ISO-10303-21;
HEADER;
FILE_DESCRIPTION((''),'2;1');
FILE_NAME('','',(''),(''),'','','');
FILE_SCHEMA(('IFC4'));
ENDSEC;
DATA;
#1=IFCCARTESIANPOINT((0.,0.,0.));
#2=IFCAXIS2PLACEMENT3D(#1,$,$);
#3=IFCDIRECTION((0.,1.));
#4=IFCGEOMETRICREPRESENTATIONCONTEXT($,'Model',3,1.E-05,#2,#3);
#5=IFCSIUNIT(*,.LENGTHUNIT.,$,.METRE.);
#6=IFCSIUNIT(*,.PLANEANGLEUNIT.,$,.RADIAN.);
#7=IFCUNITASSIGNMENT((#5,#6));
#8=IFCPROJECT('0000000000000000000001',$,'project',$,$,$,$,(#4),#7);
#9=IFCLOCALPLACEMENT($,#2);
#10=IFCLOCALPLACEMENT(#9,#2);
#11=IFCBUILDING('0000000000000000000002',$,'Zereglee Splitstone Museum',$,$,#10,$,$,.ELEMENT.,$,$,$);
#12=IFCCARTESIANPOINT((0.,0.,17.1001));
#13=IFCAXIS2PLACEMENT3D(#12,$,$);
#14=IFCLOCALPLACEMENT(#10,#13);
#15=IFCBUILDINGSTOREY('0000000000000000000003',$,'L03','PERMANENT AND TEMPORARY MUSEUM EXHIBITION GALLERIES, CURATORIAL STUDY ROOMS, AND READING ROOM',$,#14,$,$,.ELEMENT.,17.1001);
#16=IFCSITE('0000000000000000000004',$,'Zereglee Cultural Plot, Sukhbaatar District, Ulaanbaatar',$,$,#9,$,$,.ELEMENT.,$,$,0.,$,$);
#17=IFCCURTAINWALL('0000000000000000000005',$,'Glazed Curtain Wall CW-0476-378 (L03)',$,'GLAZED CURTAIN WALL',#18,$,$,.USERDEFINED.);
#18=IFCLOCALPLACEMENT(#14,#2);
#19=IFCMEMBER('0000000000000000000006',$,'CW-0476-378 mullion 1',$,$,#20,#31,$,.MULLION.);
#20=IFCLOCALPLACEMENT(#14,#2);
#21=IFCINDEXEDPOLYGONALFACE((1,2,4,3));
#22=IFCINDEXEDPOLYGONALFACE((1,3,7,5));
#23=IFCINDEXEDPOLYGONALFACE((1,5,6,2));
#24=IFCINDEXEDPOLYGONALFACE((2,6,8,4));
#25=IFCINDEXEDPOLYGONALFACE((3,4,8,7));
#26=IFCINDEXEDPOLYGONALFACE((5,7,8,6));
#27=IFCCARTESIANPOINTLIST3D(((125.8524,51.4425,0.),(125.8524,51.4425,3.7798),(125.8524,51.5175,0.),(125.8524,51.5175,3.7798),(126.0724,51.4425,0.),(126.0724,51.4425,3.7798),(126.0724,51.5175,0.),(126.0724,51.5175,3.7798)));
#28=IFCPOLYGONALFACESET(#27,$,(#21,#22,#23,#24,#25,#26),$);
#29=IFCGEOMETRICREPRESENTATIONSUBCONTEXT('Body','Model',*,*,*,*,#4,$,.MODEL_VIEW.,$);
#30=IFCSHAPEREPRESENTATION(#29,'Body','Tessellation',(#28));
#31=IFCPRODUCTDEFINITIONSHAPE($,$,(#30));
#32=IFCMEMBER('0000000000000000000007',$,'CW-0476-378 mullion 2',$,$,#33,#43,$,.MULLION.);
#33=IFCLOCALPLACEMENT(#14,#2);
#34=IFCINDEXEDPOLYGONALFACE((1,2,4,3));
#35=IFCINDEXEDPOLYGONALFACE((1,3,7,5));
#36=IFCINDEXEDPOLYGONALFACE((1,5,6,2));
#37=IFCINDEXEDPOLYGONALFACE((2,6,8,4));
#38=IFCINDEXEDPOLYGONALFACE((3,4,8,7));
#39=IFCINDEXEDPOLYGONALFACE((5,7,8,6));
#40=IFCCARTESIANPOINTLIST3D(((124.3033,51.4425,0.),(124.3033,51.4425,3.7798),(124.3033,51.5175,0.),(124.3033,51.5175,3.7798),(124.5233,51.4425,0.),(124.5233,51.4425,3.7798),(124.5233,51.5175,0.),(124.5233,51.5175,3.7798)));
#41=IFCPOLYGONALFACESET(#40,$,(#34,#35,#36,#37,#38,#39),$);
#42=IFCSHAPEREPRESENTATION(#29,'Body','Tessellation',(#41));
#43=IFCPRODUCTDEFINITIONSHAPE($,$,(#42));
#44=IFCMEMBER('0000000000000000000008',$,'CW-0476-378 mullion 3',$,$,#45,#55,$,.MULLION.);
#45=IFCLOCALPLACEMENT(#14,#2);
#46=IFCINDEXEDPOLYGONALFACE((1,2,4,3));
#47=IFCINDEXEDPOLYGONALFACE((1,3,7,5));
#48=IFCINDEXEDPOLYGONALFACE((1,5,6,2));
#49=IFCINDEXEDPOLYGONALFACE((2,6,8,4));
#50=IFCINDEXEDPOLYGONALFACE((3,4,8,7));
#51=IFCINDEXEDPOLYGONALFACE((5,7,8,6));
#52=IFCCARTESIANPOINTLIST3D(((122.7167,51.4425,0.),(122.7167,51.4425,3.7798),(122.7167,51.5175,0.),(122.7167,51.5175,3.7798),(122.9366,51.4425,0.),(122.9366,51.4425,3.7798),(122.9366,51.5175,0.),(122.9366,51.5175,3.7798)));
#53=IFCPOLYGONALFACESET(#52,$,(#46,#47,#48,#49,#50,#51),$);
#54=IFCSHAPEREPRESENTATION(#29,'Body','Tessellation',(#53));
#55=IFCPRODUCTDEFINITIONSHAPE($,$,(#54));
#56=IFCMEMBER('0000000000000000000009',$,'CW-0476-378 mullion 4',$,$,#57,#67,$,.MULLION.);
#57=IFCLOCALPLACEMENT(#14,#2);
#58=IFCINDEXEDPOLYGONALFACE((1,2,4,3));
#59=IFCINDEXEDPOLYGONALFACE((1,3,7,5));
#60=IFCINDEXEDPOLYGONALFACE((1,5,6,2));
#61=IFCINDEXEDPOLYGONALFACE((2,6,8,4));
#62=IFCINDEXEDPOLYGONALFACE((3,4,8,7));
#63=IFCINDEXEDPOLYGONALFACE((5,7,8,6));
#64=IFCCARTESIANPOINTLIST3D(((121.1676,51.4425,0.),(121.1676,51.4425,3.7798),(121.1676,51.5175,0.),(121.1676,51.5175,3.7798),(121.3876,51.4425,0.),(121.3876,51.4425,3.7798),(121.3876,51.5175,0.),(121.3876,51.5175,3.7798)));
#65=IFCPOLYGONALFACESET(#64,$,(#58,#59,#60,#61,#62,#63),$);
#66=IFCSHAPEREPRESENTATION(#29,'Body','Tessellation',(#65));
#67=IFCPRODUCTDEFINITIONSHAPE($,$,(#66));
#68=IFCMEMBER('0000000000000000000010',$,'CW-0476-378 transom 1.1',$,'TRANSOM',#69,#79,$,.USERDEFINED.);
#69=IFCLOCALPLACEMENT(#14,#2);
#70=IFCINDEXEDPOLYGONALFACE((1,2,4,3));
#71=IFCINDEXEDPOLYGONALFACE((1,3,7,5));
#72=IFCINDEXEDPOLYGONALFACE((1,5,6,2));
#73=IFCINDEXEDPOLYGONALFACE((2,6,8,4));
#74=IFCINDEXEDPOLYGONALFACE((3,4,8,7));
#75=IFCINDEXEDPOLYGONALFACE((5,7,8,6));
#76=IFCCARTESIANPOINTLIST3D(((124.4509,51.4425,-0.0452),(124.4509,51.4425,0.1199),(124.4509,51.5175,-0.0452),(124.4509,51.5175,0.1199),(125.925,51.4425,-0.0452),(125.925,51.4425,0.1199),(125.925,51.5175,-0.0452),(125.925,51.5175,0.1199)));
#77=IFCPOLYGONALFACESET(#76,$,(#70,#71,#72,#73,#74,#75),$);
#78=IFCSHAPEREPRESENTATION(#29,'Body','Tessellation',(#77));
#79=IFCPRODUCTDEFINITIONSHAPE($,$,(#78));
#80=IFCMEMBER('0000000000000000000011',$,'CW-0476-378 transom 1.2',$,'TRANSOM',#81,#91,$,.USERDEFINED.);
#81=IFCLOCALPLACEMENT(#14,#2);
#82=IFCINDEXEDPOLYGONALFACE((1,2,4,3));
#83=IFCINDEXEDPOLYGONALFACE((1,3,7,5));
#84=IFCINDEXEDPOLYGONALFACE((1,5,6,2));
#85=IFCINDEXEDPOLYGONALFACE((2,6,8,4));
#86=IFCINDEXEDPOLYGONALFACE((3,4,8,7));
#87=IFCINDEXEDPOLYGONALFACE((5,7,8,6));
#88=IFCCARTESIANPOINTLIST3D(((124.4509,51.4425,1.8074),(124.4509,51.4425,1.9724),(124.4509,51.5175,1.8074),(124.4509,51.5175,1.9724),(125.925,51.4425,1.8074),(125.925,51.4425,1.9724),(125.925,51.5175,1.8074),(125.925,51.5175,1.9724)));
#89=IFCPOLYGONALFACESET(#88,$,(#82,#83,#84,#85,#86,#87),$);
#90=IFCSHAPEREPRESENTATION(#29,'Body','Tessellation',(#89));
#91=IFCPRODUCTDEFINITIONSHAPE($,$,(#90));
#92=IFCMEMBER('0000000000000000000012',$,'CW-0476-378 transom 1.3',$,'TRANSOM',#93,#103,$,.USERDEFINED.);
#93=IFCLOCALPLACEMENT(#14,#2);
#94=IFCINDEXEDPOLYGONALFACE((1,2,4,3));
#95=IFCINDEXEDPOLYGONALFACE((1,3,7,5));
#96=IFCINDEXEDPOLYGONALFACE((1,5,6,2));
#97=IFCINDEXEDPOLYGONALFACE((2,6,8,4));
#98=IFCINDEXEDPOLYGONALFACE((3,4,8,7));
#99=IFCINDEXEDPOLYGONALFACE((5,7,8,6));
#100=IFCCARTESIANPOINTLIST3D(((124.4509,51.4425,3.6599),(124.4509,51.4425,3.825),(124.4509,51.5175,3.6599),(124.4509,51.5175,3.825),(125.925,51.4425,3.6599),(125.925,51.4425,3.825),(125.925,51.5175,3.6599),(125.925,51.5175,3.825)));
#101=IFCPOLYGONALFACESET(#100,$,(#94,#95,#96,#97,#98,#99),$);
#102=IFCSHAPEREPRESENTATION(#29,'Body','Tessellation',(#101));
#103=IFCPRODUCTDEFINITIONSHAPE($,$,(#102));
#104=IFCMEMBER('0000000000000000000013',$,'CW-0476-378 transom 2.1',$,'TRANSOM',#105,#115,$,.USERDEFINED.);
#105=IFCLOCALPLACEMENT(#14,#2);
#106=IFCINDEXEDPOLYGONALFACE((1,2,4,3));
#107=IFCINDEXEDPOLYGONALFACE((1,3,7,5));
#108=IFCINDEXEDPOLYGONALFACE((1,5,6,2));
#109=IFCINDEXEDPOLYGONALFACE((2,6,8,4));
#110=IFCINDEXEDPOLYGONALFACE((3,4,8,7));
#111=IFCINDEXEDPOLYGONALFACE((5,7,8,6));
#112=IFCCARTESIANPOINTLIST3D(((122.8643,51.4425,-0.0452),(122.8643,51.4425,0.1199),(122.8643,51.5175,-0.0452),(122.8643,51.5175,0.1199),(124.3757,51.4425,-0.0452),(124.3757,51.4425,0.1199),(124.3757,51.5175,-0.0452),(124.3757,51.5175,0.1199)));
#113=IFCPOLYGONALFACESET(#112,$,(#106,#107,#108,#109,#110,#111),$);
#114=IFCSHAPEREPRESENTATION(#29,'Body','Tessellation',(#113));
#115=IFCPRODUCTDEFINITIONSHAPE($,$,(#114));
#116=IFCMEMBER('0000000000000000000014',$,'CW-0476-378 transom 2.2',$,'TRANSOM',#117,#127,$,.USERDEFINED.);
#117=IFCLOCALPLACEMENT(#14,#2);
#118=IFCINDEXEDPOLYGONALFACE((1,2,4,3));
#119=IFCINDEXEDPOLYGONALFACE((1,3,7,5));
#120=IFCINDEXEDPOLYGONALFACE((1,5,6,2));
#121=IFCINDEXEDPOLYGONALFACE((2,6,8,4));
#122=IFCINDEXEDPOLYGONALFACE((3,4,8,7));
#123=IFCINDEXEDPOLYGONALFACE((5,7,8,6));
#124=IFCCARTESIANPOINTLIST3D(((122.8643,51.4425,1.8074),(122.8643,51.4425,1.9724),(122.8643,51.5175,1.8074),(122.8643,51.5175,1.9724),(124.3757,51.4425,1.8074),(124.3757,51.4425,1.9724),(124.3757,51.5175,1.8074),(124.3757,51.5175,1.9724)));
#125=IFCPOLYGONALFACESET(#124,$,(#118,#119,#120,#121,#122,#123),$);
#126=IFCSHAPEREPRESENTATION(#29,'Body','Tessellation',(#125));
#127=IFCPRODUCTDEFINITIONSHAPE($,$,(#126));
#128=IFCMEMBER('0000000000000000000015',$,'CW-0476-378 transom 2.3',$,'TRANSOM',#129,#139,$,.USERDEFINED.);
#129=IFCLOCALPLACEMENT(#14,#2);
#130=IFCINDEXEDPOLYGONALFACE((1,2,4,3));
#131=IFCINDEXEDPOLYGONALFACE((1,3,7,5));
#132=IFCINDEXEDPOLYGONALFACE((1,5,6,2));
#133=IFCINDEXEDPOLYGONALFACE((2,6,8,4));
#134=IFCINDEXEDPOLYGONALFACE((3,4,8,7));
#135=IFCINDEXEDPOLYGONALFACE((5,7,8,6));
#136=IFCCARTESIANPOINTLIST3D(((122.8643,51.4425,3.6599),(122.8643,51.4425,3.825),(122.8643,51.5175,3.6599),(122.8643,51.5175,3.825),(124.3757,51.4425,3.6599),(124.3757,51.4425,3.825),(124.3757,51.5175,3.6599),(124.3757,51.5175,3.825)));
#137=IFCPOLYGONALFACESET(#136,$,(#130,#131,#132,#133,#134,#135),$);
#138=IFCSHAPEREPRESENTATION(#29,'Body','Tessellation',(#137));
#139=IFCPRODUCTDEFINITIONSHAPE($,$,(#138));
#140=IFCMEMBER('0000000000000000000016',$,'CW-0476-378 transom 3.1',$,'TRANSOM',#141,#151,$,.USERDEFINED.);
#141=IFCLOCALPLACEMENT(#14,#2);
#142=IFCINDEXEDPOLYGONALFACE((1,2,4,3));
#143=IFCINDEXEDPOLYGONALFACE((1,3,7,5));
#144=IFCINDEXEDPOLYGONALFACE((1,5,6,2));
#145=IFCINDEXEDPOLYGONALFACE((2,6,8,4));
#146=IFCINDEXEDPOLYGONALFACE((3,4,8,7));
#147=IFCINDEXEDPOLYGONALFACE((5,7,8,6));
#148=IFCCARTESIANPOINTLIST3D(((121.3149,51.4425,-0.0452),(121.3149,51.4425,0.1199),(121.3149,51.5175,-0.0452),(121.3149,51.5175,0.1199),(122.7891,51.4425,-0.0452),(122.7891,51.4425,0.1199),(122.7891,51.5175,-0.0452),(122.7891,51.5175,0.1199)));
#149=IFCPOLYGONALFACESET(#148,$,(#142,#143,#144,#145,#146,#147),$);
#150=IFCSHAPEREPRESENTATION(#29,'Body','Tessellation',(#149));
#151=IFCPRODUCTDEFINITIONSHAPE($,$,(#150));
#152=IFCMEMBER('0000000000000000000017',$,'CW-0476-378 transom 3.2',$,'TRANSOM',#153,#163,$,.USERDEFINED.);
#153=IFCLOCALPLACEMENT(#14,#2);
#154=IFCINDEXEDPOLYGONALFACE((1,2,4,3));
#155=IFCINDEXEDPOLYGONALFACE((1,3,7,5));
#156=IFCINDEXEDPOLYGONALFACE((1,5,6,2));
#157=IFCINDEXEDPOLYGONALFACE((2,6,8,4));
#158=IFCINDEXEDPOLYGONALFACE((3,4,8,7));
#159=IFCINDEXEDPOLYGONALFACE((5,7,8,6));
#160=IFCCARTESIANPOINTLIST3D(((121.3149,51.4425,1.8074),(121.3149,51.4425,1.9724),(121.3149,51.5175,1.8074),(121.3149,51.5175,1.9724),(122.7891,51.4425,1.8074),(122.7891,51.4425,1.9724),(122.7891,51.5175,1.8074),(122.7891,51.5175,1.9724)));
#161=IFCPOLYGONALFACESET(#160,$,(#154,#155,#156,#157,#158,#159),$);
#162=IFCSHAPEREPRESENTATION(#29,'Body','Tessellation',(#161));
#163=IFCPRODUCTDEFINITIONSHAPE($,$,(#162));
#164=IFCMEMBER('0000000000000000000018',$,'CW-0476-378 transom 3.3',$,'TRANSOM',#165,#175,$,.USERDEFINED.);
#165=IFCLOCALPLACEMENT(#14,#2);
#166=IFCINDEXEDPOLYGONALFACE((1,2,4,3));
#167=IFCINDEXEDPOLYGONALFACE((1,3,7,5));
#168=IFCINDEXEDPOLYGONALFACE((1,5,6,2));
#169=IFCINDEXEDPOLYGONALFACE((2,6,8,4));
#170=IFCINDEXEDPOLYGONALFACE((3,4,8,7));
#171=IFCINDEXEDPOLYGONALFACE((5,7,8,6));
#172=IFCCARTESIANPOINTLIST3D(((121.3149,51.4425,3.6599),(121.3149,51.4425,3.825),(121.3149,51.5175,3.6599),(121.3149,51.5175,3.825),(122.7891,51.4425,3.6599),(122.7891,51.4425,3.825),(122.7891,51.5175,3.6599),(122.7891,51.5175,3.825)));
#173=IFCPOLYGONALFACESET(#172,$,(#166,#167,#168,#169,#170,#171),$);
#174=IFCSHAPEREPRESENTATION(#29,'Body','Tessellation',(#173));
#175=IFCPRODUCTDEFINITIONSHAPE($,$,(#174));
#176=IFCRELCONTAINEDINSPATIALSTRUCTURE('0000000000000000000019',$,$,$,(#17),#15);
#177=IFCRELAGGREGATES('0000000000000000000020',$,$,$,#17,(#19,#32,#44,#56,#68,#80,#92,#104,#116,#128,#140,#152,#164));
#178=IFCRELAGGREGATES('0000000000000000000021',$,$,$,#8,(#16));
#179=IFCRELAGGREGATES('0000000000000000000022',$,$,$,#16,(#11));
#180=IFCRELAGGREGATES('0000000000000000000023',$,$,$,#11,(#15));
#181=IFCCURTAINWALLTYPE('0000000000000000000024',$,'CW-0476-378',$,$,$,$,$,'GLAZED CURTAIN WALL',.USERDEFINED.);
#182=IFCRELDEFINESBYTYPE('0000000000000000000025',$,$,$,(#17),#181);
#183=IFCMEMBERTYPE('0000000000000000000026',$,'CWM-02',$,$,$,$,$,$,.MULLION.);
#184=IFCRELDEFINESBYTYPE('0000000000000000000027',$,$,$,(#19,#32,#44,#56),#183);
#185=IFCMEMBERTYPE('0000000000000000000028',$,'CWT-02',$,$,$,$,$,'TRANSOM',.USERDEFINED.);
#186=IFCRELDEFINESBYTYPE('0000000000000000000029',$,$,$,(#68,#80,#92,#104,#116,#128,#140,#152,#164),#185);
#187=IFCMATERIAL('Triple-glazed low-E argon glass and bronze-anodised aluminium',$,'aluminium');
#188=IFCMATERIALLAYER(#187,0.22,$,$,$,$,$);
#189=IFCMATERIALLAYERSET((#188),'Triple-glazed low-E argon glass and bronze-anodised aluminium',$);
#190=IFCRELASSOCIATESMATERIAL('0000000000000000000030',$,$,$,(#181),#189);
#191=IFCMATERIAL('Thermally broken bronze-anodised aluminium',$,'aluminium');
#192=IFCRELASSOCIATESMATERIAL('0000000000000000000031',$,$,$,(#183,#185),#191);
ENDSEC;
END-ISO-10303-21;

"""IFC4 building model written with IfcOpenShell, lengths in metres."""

from ifc_helpers import new_model, si_unit, direction, frame, origin, origin_2d, place, context, subcontext, project, spatial, rectangle, extrude, material, layer, layer_set, material_profile, profile_set, type_object, element, aggregate, save


model = new_model("IFC4")

# Units and contexts
model_context = context("Model", 3, precision=1e-05, world=origin(), true_north=direction((0.0, 1.0)))
body_context = subcontext(model_context, "Body", "Model", "MODEL_VIEW")
ifc_project = project(units=[si_unit("LENGTHUNIT", "METRE"), si_unit("PLANEANGLEUNIT", "RADIAN")], contexts=[model_context])

# Site, building, storey
site_placement = place(None, origin())
site = spatial("IfcSite", under=ifc_project, at=site_placement, Name="Zereglee Cultural Plot, Sukhbaatar District, Ulaanbaatar", CompositionType="ELEMENT", RefElevation=0.0)
building_placement = place(site_placement, origin())
building = spatial("IfcBuilding", under=site, at=building_placement, Name="Zereglee Splitstone Museum", CompositionType="ELEMENT")
storey_placement = place(building_placement, frame((0.0, 0.0, 17.1001)))
storey = spatial("IfcBuildingStorey", under=building, at=storey_placement, Name="L03", Description="PERMANENT AND TEMPORARY MUSEUM EXHIBITION GALLERIES, CURATORIAL STUDY ROOMS, AND READING ROOM", CompositionType="ELEMENT", Elevation=17.1001)

# Curtain wall, members
ifc_material_1 = material(Name="Triple-glazed low-E argon glass and bronze-anodised aluminium", Category="aluminium")
ifc_layer_1 = layer(ifc_material_1, 0.22)
ifc_layer_set_1 = layer_set([ifc_layer_1], Name="Triple-glazed low-E argon glass and bronze-anodised aluminium")
curtain_wall_type = type_object("IfcCurtainWallType", Name="CW-0476-378", ElementType="GLAZED CURTAIN WALL", PredefinedType="USERDEFINED", material=ifc_layer_set_1)
curtain_wall_placement = place(storey_placement, origin())
curtain_wall = element("IfcCurtainWall", 1, at=curtain_wall_placement, inside=storey, type_object=curtain_wall_type, Name="Glazed Curtain Wall CW-0476-378 (L03)", ObjectType="GLAZED CURTAIN WALL", PredefinedType="USERDEFINED")
ifc_material_2 = material(Name="Thermally broken bronze-anodised aluminium", Category="aluminium")
ifc_material_profile_1 = material_profile(ifc_material_2, rectangle(XDim=0.075, YDim=0.22, at=origin_2d()), Name="CW MULL 75x220")
ifc_profile_set_1 = profile_set([ifc_material_profile_1], Name="Thermally broken bronze-anodised aluminium")
member_type_1 = type_object("IfcMemberType", Name="CWM-02", PredefinedType="MULLION", material=ifc_profile_set_1)
member_1_placement = place(storey_placement, frame((125.9624, 51.48, 0.0), z_axis=(0.0, 0.0, 1.0), x_axis=(0.0, -1.0, 0.0)))
member_1 = element("IfcMember", 2, at=member_1_placement, type_object=member_type_1, Name="CW-0476-378 mullion 1", PredefinedType="MULLION", context=body_context, shape_type="SweptSolid", body=[
    extrude(rectangle(XDim=0.075, YDim=0.22, at=origin_2d()), origin(), (0.0, 0.0, 1.0), 3.7798),
])
member_2_placement = place(storey_placement, frame((124.4133, 51.48, 0.0), z_axis=(0.0, 0.0, 1.0), x_axis=(0.0, -1.0, 0.0)))
member_2 = element("IfcMember", 3, at=member_2_placement, type_object=member_type_1, Name="CW-0476-378 mullion 2", PredefinedType="MULLION", context=body_context, shape_type="SweptSolid", body=[
    extrude(rectangle(XDim=0.075, YDim=0.22, at=origin_2d()), origin(), (0.0, 0.0, 1.0), 3.7798),
])
member_3_placement = place(storey_placement, frame((122.8267, 51.48, 0.0), z_axis=(0.0, 0.0, 1.0), x_axis=(0.0, -1.0, 0.0)))
member_3 = element("IfcMember", 4, at=member_3_placement, type_object=member_type_1, Name="CW-0476-378 mullion 3", PredefinedType="MULLION", context=body_context, shape_type="SweptSolid", body=[
    extrude(rectangle(XDim=0.075, YDim=0.22, at=origin_2d()), origin(), (0.0, 0.0, 1.0), 3.7798),
])
member_4_placement = place(storey_placement, frame((121.2776, 51.48, 0.0), z_axis=(0.0, 0.0, 1.0), x_axis=(0.0, -1.0, 0.0)))
member_4 = element("IfcMember", 5, at=member_4_placement, type_object=member_type_1, Name="CW-0476-378 mullion 4", PredefinedType="MULLION", context=body_context, shape_type="SweptSolid", body=[
    extrude(rectangle(XDim=0.075, YDim=0.22, at=origin_2d()), origin(), (0.0, 0.0, 1.0), 3.7798),
])
ifc_material_profile_2 = material_profile(ifc_material_2, rectangle(XDim=0.075, YDim=0.165, at=origin_2d()), Name="CW TRAN 75x165")
ifc_profile_set_2 = profile_set([ifc_material_profile_2], Name="Thermally broken bronze-anodised aluminium")
member_type_2 = type_object("IfcMemberType", Name="CWT-02", ElementType="TRANSOM", PredefinedType="USERDEFINED", material=ifc_profile_set_2)
member_5_placement = place(storey_placement, frame((125.925, 51.48, 0.0374), z_axis=(-1.0, 0.0, 0.0), x_axis=(0.0, -1.0, 0.0)))
member_5 = element("IfcMember", 6, at=member_5_placement, type_object=member_type_2, Name="CW-0476-378 transom 1.1", ObjectType="TRANSOM", PredefinedType="USERDEFINED", context=body_context, shape_type="SweptSolid", body=[
    extrude(rectangle(XDim=0.075, YDim=0.165, at=origin_2d()), origin(), (0.0, 0.0, 1.0), 1.4741),
])
member_6_placement = place(storey_placement, frame((125.925, 51.48, 1.8899), z_axis=(-1.0, 0.0, 0.0), x_axis=(0.0, -1.0, 0.0)))
member_6 = element("IfcMember", 7, at=member_6_placement, type_object=member_type_2, Name="CW-0476-378 transom 1.2", ObjectType="TRANSOM", PredefinedType="USERDEFINED", context=body_context, shape_type="SweptSolid", body=[
    extrude(rectangle(XDim=0.075, YDim=0.165, at=origin_2d()), origin(), (0.0, 0.0, 1.0), 1.4741),
])
member_7_placement = place(storey_placement, frame((125.925, 51.48, 3.7424), z_axis=(-1.0, 0.0, 0.0), x_axis=(0.0, -1.0, 0.0)))
member_7 = element("IfcMember", 8, at=member_7_placement, type_object=member_type_2, Name="CW-0476-378 transom 1.3", ObjectType="TRANSOM", PredefinedType="USERDEFINED", context=body_context, shape_type="SweptSolid", body=[
    extrude(rectangle(XDim=0.075, YDim=0.165, at=origin_2d()), origin(), (0.0, 0.0, 1.0), 1.4741),
])
member_8_placement = place(storey_placement, frame((124.3757, 51.48, 0.0374), z_axis=(-1.0, 0.0, 0.0), x_axis=(0.0, -1.0, 0.0)))
member_8 = element("IfcMember", 9, at=member_8_placement, type_object=member_type_2, Name="CW-0476-378 transom 2.1", ObjectType="TRANSOM", PredefinedType="USERDEFINED", context=body_context, shape_type="SweptSolid", body=[
    extrude(rectangle(XDim=0.075, YDim=0.165, at=origin_2d()), origin(), (0.0, 0.0, 1.0), 1.5115),
])
member_9_placement = place(storey_placement, frame((124.3757, 51.48, 1.8899), z_axis=(-1.0, 0.0, 0.0), x_axis=(0.0, -1.0, 0.0)))
member_9 = element("IfcMember", 10, at=member_9_placement, type_object=member_type_2, Name="CW-0476-378 transom 2.2", ObjectType="TRANSOM", PredefinedType="USERDEFINED", context=body_context, shape_type="SweptSolid", body=[
    extrude(rectangle(XDim=0.075, YDim=0.165, at=origin_2d()), origin(), (0.0, 0.0, 1.0), 1.5115),
])
member_10_placement = place(storey_placement, frame((124.3757, 51.48, 3.7424), z_axis=(-1.0, 0.0, 0.0), x_axis=(0.0, -1.0, 0.0)))
member_10 = element("IfcMember", 11, at=member_10_placement, type_object=member_type_2, Name="CW-0476-378 transom 2.3", ObjectType="TRANSOM", PredefinedType="USERDEFINED", context=body_context, shape_type="SweptSolid", body=[
    extrude(rectangle(XDim=0.075, YDim=0.165, at=origin_2d()), origin(), (0.0, 0.0, 1.0), 1.5115),
])
member_11_placement = place(storey_placement, frame((122.7891, 51.48, 0.0374), z_axis=(-1.0, 0.0, 0.0), x_axis=(0.0, -1.0, 0.0)))
member_11 = element("IfcMember", 12, at=member_11_placement, type_object=member_type_2, Name="CW-0476-378 transom 3.1", ObjectType="TRANSOM", PredefinedType="USERDEFINED", context=body_context, shape_type="SweptSolid", body=[
    extrude(rectangle(XDim=0.075, YDim=0.165, at=origin_2d()), origin(), (0.0, 0.0, 1.0), 1.4741),
])
member_12_placement = place(storey_placement, frame((122.7891, 51.48, 1.8899), z_axis=(-1.0, 0.0, 0.0), x_axis=(0.0, -1.0, 0.0)))
member_12 = element("IfcMember", 13, at=member_12_placement, type_object=member_type_2, Name="CW-0476-378 transom 3.2", ObjectType="TRANSOM", PredefinedType="USERDEFINED", context=body_context, shape_type="SweptSolid", body=[
    extrude(rectangle(XDim=0.075, YDim=0.165, at=origin_2d()), origin(), (0.0, 0.0, 1.0), 1.4741),
])
member_13_placement = place(storey_placement, frame((122.7891, 51.48, 3.7424), z_axis=(-1.0, 0.0, 0.0), x_axis=(0.0, -1.0, 0.0)))
member_13 = element("IfcMember", 14, at=member_13_placement, type_object=member_type_2, Name="CW-0476-378 transom 3.3", ObjectType="TRANSOM", PredefinedType="USERDEFINED", context=body_context, shape_type="SweptSolid", body=[
    extrude(rectangle(XDim=0.075, YDim=0.165, at=origin_2d()), origin(), (0.0, 0.0, 1.0), 1.4741),
])

aggregate(curtain_wall, [member_1, member_2, member_3, member_4, member_5, member_6, member_7, member_8, member_9, member_10, member_11, member_12, member_13])

save(model, "model.ifc")
